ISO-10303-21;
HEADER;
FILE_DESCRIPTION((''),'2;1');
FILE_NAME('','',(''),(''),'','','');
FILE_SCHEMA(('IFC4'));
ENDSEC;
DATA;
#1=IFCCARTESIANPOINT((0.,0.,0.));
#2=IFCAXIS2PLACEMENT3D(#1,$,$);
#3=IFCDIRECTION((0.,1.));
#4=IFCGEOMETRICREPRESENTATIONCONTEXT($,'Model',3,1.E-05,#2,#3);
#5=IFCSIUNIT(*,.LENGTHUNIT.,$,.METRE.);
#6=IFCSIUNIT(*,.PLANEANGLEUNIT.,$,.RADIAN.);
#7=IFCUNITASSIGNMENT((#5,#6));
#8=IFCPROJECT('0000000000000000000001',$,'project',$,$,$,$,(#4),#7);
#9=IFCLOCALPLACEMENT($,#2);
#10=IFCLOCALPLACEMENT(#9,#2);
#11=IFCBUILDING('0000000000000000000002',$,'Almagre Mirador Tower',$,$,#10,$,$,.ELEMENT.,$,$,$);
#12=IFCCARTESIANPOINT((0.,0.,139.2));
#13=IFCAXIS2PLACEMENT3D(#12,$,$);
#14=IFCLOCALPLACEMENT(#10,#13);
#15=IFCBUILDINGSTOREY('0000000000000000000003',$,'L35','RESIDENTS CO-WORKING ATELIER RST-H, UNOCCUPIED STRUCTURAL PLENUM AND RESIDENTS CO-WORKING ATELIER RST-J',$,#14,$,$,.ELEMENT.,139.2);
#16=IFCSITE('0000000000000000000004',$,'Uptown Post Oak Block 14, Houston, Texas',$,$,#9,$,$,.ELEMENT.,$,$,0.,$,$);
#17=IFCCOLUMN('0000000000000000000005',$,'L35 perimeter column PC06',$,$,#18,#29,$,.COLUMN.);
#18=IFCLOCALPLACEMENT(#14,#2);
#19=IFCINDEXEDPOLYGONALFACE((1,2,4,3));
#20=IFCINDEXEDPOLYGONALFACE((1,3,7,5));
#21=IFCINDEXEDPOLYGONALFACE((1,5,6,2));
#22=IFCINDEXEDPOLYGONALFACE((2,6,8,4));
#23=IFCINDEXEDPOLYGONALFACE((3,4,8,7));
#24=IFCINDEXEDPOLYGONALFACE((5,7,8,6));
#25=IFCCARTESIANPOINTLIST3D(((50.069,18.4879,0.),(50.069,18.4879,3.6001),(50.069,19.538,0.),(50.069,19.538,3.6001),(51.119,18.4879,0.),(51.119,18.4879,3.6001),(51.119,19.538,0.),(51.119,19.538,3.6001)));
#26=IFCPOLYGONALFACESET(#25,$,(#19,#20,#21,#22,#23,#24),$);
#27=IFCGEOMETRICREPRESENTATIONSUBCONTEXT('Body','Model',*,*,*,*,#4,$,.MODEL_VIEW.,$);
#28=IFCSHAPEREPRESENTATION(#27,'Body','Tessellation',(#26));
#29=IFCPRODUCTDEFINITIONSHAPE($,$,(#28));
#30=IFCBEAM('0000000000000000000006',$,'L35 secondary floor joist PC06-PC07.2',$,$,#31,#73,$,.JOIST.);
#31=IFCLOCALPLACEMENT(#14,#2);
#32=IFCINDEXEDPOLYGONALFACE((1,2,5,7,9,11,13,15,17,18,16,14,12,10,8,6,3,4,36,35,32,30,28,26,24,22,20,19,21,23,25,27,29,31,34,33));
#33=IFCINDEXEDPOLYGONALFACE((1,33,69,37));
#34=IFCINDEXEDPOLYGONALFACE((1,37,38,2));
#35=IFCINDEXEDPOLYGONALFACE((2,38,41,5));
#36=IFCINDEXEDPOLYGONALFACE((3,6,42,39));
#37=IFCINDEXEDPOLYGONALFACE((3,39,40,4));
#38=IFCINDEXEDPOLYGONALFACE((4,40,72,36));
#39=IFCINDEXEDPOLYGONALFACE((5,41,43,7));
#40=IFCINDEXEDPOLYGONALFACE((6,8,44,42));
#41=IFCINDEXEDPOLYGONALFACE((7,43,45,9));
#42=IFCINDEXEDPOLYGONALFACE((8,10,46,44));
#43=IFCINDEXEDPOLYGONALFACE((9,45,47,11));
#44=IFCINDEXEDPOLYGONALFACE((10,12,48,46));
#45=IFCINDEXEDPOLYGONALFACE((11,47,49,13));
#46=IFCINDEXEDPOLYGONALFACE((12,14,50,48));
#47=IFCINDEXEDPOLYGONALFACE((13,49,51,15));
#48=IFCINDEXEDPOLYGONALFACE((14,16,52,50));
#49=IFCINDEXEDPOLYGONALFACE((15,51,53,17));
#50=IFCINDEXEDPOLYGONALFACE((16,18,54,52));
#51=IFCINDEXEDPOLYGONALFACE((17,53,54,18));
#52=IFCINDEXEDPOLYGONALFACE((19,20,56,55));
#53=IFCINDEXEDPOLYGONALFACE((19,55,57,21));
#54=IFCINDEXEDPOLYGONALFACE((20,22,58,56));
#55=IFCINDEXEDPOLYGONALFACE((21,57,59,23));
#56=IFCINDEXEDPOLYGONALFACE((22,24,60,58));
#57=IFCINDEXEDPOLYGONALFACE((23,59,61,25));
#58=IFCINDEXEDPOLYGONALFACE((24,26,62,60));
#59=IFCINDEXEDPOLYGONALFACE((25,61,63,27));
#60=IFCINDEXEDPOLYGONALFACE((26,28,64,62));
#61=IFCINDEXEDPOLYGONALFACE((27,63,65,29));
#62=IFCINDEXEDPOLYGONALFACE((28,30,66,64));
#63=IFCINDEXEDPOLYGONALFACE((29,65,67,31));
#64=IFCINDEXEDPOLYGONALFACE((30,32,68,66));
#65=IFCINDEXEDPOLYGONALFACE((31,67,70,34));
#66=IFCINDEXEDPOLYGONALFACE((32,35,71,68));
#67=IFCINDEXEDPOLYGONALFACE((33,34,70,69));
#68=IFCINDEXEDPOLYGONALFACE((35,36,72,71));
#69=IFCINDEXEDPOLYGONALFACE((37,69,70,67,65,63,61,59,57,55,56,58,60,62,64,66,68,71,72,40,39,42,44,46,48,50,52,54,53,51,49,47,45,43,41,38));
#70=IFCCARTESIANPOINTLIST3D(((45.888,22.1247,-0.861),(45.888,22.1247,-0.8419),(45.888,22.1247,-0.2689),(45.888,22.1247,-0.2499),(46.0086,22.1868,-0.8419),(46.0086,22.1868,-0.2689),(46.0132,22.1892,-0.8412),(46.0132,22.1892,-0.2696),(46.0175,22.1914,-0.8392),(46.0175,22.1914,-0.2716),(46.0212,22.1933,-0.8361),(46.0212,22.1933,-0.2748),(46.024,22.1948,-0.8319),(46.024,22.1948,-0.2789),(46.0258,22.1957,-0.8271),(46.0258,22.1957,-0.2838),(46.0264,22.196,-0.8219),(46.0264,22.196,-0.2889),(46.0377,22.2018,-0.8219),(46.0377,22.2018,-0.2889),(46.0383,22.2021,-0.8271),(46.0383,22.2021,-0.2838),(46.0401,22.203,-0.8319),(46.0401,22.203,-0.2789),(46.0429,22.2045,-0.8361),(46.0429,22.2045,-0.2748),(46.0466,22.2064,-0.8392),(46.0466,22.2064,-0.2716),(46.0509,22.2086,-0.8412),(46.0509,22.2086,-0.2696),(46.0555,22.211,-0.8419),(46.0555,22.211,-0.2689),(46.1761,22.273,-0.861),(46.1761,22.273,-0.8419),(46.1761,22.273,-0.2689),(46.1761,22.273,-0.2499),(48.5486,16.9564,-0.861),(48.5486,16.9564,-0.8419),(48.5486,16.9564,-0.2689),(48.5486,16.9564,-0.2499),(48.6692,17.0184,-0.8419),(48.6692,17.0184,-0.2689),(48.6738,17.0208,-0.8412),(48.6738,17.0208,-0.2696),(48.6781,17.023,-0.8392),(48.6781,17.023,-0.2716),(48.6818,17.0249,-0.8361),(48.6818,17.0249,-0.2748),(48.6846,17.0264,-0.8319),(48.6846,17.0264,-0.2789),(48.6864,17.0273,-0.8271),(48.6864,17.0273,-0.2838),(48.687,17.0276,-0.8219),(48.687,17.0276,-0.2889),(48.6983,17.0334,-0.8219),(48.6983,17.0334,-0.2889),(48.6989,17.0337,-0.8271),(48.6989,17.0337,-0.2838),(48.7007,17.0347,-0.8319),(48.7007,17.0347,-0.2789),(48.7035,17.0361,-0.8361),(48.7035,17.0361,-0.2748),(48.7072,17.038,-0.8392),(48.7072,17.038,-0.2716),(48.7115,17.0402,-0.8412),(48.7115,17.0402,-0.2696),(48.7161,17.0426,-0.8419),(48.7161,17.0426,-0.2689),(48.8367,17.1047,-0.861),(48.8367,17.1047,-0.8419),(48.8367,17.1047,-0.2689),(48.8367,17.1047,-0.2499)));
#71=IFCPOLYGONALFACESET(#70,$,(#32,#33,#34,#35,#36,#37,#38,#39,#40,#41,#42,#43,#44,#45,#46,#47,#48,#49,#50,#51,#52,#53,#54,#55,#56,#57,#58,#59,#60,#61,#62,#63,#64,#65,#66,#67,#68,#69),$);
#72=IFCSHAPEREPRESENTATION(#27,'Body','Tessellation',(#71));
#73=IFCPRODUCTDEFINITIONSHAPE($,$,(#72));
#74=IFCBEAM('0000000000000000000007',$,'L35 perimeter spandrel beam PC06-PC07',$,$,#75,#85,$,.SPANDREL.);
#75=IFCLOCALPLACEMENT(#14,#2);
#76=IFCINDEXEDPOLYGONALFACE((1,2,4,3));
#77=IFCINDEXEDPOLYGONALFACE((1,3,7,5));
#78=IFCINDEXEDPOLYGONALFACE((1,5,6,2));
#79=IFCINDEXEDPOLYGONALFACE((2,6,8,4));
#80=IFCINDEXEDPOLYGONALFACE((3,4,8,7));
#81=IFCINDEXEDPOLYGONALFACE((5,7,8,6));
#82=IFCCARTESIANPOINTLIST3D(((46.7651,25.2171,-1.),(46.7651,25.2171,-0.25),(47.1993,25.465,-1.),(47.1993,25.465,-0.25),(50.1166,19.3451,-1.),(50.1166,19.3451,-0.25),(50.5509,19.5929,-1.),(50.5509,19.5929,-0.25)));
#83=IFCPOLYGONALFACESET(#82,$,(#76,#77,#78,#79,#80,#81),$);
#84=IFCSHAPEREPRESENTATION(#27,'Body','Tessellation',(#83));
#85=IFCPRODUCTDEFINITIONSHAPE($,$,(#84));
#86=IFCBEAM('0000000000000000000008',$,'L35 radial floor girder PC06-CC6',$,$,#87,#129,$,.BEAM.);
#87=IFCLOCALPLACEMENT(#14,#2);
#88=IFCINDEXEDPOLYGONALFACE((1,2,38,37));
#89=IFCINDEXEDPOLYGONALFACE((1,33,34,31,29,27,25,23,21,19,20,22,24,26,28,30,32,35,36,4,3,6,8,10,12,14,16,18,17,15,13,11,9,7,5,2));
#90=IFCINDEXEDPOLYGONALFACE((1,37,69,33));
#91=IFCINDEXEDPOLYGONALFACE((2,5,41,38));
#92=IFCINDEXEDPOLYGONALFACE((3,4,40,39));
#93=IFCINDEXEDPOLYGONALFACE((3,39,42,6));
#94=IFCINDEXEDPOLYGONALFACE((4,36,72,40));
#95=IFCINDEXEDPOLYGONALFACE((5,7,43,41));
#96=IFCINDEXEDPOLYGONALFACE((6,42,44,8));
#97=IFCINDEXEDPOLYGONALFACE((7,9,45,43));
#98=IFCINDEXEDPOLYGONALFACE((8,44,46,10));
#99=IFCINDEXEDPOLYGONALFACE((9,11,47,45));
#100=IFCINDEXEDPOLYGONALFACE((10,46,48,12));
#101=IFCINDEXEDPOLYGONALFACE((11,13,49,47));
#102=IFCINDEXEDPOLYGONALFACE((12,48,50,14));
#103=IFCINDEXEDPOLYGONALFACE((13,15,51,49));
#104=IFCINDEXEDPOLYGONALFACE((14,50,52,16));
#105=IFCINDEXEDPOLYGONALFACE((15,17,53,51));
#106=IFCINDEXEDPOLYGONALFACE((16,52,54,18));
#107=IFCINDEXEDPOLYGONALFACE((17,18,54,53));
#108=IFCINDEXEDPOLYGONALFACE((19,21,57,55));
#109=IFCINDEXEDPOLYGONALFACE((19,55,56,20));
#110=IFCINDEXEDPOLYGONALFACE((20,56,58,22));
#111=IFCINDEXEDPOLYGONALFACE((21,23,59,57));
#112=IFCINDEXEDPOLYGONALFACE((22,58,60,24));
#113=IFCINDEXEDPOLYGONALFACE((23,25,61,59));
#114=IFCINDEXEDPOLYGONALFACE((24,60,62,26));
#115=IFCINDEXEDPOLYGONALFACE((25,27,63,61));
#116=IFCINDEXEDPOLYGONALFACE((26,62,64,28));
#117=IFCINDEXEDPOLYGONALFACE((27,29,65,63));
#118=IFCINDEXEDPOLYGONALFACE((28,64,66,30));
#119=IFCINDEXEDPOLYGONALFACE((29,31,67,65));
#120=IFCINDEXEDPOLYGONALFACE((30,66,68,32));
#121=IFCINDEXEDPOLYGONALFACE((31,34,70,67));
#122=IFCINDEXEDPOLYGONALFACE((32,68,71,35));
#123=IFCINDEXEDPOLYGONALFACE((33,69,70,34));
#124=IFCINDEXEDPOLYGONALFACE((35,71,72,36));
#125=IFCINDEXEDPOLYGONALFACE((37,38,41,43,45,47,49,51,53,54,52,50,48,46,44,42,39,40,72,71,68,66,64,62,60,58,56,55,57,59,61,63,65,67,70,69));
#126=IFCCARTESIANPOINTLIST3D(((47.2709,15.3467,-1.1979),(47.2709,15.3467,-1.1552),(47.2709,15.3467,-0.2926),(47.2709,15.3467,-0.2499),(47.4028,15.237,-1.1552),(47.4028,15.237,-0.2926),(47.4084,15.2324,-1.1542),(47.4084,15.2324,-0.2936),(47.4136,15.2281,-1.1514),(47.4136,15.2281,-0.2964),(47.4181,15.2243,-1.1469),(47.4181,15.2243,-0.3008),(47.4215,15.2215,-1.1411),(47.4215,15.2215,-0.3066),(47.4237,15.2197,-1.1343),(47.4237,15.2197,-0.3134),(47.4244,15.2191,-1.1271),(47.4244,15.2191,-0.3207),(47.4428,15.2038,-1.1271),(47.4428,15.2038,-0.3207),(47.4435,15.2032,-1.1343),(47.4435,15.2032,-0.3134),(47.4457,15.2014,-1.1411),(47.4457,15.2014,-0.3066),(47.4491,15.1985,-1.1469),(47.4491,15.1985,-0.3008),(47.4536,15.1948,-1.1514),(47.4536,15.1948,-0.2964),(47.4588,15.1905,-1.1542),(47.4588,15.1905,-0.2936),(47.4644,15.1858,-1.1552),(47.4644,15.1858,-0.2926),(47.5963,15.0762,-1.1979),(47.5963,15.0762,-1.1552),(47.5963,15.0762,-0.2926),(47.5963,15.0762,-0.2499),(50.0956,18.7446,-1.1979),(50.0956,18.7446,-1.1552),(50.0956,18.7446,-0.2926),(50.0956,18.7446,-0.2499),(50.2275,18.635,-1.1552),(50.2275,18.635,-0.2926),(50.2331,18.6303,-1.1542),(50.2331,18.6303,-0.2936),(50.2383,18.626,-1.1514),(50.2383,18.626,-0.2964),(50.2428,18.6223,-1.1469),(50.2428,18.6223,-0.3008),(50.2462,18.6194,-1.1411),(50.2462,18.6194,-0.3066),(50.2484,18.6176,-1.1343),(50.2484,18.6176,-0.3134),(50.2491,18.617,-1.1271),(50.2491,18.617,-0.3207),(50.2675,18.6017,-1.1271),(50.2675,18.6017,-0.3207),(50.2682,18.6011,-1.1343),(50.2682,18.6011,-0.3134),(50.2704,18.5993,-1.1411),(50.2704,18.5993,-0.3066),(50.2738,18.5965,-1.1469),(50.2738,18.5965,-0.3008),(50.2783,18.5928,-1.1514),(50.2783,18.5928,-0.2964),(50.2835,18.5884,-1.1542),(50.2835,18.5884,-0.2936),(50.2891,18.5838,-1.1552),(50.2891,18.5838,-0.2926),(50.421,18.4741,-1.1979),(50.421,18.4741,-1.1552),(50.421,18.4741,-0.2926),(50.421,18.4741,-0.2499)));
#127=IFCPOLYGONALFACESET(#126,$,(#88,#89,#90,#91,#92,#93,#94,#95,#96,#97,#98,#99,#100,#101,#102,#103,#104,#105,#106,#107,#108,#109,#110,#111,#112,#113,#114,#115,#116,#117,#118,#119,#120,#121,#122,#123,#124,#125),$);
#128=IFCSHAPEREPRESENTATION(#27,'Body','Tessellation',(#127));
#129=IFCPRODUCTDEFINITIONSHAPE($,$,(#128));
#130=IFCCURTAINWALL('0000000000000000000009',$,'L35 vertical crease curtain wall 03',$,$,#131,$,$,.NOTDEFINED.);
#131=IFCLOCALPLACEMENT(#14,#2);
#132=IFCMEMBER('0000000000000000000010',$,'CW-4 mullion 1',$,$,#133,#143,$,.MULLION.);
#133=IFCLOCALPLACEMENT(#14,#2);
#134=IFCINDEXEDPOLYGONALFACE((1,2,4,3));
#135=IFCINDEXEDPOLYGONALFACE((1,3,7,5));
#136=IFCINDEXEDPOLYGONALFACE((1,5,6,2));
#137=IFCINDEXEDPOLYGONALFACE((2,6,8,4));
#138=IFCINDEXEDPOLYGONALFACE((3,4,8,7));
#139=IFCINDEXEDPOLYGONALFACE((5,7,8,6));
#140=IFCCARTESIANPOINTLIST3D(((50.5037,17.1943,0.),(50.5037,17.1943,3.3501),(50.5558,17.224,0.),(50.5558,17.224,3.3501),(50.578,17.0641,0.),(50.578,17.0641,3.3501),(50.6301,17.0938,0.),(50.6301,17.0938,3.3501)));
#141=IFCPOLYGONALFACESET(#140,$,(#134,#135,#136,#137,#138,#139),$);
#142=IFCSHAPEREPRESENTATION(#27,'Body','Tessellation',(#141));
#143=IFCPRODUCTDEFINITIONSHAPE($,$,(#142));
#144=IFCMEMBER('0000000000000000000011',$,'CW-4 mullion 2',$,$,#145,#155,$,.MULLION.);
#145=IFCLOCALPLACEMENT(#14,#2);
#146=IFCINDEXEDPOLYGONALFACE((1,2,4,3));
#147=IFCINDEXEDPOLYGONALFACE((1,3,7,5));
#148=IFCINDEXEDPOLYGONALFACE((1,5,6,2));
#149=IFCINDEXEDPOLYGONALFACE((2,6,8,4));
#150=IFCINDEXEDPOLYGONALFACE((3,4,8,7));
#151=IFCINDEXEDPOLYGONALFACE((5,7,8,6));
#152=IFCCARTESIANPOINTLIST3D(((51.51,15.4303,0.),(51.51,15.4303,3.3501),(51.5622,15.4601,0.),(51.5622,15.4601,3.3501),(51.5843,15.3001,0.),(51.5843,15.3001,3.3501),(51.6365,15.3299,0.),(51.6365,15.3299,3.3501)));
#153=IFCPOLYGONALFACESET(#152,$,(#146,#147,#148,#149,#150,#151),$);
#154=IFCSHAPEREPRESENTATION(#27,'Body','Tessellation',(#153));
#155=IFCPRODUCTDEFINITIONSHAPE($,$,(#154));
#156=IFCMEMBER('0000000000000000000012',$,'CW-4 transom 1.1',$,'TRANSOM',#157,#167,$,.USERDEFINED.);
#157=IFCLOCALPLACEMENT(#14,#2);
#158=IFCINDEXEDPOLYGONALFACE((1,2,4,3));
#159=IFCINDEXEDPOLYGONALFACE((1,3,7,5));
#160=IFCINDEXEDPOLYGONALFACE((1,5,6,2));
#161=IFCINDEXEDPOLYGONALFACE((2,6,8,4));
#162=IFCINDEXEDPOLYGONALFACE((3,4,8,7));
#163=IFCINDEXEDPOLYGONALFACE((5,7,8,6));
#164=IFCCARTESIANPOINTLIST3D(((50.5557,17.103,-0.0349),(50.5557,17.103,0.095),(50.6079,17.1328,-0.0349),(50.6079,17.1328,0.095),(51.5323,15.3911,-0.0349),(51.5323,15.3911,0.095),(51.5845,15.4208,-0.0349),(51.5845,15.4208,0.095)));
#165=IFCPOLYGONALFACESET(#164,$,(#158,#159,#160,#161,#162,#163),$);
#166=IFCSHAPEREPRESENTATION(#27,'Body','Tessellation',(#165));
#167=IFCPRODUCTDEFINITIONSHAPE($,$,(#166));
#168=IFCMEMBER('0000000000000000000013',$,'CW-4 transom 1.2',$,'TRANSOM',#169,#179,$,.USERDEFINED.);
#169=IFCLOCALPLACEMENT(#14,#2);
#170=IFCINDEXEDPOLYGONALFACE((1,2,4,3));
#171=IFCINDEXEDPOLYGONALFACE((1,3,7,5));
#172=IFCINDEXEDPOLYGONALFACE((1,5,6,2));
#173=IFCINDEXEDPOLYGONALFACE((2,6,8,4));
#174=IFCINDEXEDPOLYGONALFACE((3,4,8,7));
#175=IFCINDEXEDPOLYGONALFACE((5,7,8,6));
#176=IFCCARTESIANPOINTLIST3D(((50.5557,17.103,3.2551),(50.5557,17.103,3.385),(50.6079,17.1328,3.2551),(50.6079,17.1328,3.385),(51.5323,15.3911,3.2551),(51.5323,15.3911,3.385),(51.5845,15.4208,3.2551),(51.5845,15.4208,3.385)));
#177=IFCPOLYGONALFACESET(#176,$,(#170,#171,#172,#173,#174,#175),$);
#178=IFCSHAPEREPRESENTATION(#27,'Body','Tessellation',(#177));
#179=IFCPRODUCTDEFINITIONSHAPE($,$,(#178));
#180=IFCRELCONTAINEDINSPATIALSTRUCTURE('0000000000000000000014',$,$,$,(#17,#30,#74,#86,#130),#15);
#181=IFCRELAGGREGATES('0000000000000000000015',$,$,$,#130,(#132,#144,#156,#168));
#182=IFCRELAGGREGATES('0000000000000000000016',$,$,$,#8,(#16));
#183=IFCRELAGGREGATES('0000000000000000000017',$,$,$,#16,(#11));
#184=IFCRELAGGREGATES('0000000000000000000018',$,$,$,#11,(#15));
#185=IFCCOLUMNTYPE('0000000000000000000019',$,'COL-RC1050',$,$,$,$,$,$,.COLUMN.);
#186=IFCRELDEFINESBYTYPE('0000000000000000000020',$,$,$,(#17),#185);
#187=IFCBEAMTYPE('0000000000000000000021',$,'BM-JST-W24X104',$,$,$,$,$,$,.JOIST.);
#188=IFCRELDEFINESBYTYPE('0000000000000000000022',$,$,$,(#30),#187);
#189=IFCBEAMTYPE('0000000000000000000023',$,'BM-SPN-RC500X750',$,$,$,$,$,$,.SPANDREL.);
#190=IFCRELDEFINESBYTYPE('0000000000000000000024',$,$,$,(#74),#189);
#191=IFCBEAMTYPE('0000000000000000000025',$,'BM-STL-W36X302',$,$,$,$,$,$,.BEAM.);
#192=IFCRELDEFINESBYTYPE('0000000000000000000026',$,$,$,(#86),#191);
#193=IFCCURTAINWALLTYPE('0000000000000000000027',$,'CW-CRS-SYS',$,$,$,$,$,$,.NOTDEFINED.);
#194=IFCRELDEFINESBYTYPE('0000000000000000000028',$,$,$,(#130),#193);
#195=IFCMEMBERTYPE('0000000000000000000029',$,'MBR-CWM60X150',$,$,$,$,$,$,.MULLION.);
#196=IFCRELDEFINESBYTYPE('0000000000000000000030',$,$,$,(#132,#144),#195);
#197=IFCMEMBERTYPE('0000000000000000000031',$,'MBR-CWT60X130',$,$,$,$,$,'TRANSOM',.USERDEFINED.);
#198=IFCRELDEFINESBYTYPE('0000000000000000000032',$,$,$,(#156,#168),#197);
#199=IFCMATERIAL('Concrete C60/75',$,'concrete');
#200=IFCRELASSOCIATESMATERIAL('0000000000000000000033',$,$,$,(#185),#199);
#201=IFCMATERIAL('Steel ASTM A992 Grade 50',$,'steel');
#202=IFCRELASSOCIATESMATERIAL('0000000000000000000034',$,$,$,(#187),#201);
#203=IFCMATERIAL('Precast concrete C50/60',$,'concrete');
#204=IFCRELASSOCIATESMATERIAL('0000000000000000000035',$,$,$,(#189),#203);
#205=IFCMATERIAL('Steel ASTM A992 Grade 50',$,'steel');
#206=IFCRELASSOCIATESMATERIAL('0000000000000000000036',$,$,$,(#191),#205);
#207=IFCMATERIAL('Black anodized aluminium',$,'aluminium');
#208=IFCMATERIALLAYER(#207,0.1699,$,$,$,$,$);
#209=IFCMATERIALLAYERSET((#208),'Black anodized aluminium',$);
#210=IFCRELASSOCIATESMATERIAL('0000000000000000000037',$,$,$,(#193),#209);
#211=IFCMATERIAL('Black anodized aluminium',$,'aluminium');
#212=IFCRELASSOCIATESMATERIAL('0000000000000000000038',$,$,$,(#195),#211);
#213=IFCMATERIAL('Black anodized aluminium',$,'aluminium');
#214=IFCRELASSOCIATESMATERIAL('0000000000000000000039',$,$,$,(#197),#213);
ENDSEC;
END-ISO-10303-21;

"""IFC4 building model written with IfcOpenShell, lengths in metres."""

from ifc_helpers import new_model, si_unit, direction, frame, origin, origin_2d, place, context, subcontext, project, spatial, rectangle, i_section, extrude, material, layer, layer_set, material_profile, profile_set, type_object, element, aggregate, save


model = new_model("IFC4")

# Units and contexts
model_context = context("Model", 3, precision=1e-05, world=origin(), true_north=direction((0.0, 1.0)))
body_context = subcontext(model_context, "Body", "Model", "MODEL_VIEW")
ifc_project = project(units=[si_unit("LENGTHUNIT", "METRE"), si_unit("PLANEANGLEUNIT", "RADIAN")], contexts=[model_context])

# Site, building, storey
site_placement = place(None, origin())
site = spatial("IfcSite", under=ifc_project, at=site_placement, Name="Uptown Post Oak Block 14, Houston, Texas", CompositionType="ELEMENT", RefElevation=0.0)
building_placement = place(site_placement, origin())
building = spatial("IfcBuilding", under=site, at=building_placement, Name="Almagre Mirador Tower", CompositionType="ELEMENT")
storey_placement = place(building_placement, frame((0.0, 0.0, 139.2)))
storey = spatial("IfcBuildingStorey", under=building, at=storey_placement, Name="L35", Description="RESIDENTS CO-WORKING ATELIER RST-H, UNOCCUPIED STRUCTURAL PLENUM AND RESIDENTS CO-WORKING ATELIER RST-J", CompositionType="ELEMENT", Elevation=139.2)

# Column
ifc_material_1 = material(Name="Concrete C60/75", Category="concrete")
ifc_material_profile_1 = material_profile(ifc_material_1, rectangle(XDim=1.05, YDim=1.05, at=origin_2d()), Name="RC1050X1050")
ifc_profile_set_1 = profile_set([ifc_material_profile_1], Name="Concrete C60/75")
column_type = type_object("IfcColumnType", Name="COL-RC1050", PredefinedType="COLUMN", material=ifc_profile_set_1)
column_placement = place(storey_placement, frame((50.594, 19.0129, 0.0), z_axis=(0.0, 0.0, 1.0), x_axis=(1.0, 0.0, 0.0)))
element("IfcColumn", 1, at=column_placement, inside=storey, type_object=column_type, Name="L35 perimeter column PC06", PredefinedType="COLUMN", context=body_context, shape_type="SweptSolid", body=[
    extrude(rectangle(XDim=1.05, YDim=1.05, at=origin_2d()), origin(), (0.0, 0.0, 1.0), 3.6001),
])

# Beams
ifc_material_2 = material(Name="Steel ASTM A992 Grade 50", Category="steel")
ifc_material_profile_2 = material_profile(ifc_material_2, i_section(OverallWidth=0.324, OverallDepth=0.6111, WebThickness=0.0127, FlangeThickness=0.019, FilletRadius=0.02, at=origin_2d()), Name="W24X104")
ifc_profile_set_2 = profile_set([ifc_material_profile_2], Name="Steel ASTM A992 Grade 50")
beam_type_1 = type_object("IfcBeamType", Name="BM-JST-W24X104", PredefinedType="JOIST", material=ifc_profile_set_2)
beam_1_placement = place(storey_placement, frame((48.6926, 17.0305, -0.5554), z_axis=(-0.457699, 0.889107, 0.0), x_axis=(-0.889107, -0.457699, 0.0)))
element("IfcBeam", 2, at=beam_1_placement, inside=storey, type_object=beam_type_1, Name="L35 secondary floor joist PC06-PC07.2", PredefinedType="JOIST", context=body_context, shape_type="SweptSolid", body=[
    extrude(i_section(OverallWidth=0.324, OverallDepth=0.6111, WebThickness=0.0127, FlangeThickness=0.019, FilletRadius=0.02, at=origin_2d()), origin(), (0.0, 0.0, 1.0), 5.813),
])
ifc_material_3 = material(Name="Precast concrete C50/60", Category="concrete")
ifc_material_profile_3 = material_profile(ifc_material_3, rectangle(XDim=0.5, YDim=0.75, at=origin_2d()), Name="RC500X750")
ifc_profile_set_3 = profile_set([ifc_material_profile_3], Name="Precast concrete C50/60")
beam_type_2 = type_object("IfcBeamType", Name="BM-SPN-RC500X750", PredefinedType="SPANDREL", material=ifc_profile_set_3)
beam_2_placement = place(storey_placement, frame((50.3337, 19.469, -0.625), z_axis=(-0.495703, 0.868492, 0.0), x_axis=(-0.868492, -0.495703, 0.0)))
element("IfcBeam", 3, at=beam_2_placement, inside=storey, type_object=beam_type_2, Name="L35 perimeter spandrel beam PC06-PC07", PredefinedType="SPANDREL", context=body_context, shape_type="SweptSolid", body=[
    extrude(rectangle(XDim=0.5, YDim=0.75, at=origin_2d()), origin(), (0.0, 0.0, 1.0), 6.7612),
])
ifc_material_4 = material(Name="Steel ASTM A992 Grade 50", Category="steel")
ifc_material_profile_4 = material_profile(ifc_material_4, i_section(OverallWidth=0.4231, OverallDepth=0.948, WebThickness=0.0239, FlangeThickness=0.0427, FilletRadius=0.0281, at=origin_2d()), Name="W36X302")
ifc_profile_set_4 = profile_set([ifc_material_profile_4], Name="Steel ASTM A992 Grade 50")
beam_type_3 = type_object("IfcBeamType", Name="BM-STL-W36X302", PredefinedType="BEAM", material=ifc_profile_set_4)
beam_3_placement = place(storey_placement, frame((50.2583, 18.6094, -0.7239), z_axis=(-0.63926, -0.768991, 0.0), x_axis=(0.768991, -0.63926, 0.0)))
element("IfcBeam", 4, at=beam_3_placement, inside=storey, type_object=beam_type_3, Name="L35 radial floor girder PC06-CC6", PredefinedType="BEAM", context=body_context, shape_type="SweptSolid", body=[
    extrude(i_section(OverallWidth=0.4231, OverallDepth=0.948, WebThickness=0.0239, FlangeThickness=0.0427, FilletRadius=0.0281, at=origin_2d()), origin(), (0.0, 0.0, 1.0), 4.4187),
])

# Curtain wall, members
ifc_material_5 = material(Name="Black anodized aluminium", Category="aluminium")
ifc_layer_1 = layer(ifc_material_5, 0.1699)
ifc_layer_set_1 = layer_set([ifc_layer_1], Name="Black anodized aluminium")
curtain_wall_type = type_object("IfcCurtainWallType", Name="CW-CRS-SYS", PredefinedType="NOTDEFINED", material=ifc_layer_set_1)
curtain_wall_placement = place(storey_placement, origin())
curtain_wall = element("IfcCurtainWall", 5, at=curtain_wall_placement, inside=storey, type_object=curtain_wall_type, Name="L35 vertical crease curtain wall 03", PredefinedType="NOTDEFINED")
ifc_material_6 = material(Name="Black anodized aluminium", Category="aluminium")
ifc_material_profile_5 = material_profile(ifc_material_6, rectangle(XDim=0.0601, YDim=0.1499, at=origin_2d()), Name="CWM60X150")
ifc_profile_set_5 = profile_set([ifc_material_profile_5], Name="Black anodized aluminium")
member_type_1 = type_object("IfcMemberType", Name="MBR-CWM60X150", PredefinedType="MULLION", material=ifc_profile_set_5)
member_1_placement = place(storey_placement, frame((50.5669, 17.144, 0.0), z_axis=(0.0, 0.0, 1.0), x_axis=(0.868596, 0.495521, 0.0)))
member_1 = element("IfcMember", 6, at=member_1_placement, type_object=member_type_1, Name="CW-4 mullion 1", PredefinedType="MULLION", context=body_context, shape_type="SweptSolid", body=[
    extrude(rectangle(XDim=0.0601, YDim=0.1499, at=origin_2d()), origin(), (0.0, 0.0, 1.0), 3.3501),
])
member_2_placement = place(storey_placement, frame((51.5732, 15.3801, 0.0), z_axis=(0.0, 0.0, 1.0), x_axis=(0.868596, 0.495521, 0.0)))
member_2 = element("IfcMember", 7, at=member_2_placement, type_object=member_type_1, Name="CW-4 mullion 2", PredefinedType="MULLION", context=body_context, shape_type="SweptSolid", body=[
    extrude(rectangle(XDim=0.0601, YDim=0.1499, at=origin_2d()), origin(), (0.0, 0.0, 1.0), 3.3501),
])
ifc_material_7 = material(Name="Black anodized aluminium", Category="aluminium")
ifc_material_profile_6 = material_profile(ifc_material_7, rectangle(XDim=0.0601, YDim=0.1299, at=origin_2d()), Name="CWT60X130")
ifc_profile_set_6 = profile_set([ifc_material_profile_6], Name="Black anodized aluminium")
member_type_2 = type_object("IfcMemberType", Name="MBR-CWT60X130", ElementType="TRANSOM", PredefinedType="USERDEFINED", material=ifc_profile_set_6)
member_3_placement = place(storey_placement, frame((50.5818, 17.1179, 0.03), z_axis=(0.495498, -0.868609, 0.0), x_axis=(0.868609, 0.495498, 0.0)))
member_3 = element("IfcMember", 8, at=member_3_placement, type_object=member_type_2, Name="CW-4 transom 1.1", ObjectType="TRANSOM", PredefinedType="USERDEFINED", context=body_context, shape_type="SweptSolid", body=[
    extrude(rectangle(XDim=0.0601, YDim=0.1299, at=origin_2d()), origin(), (0.0, 0.0, 1.0), 1.9709),
])
member_4_placement = place(storey_placement, frame((50.5818, 17.1179, 3.3201), z_axis=(0.495498, -0.868609, 0.0), x_axis=(0.868609, 0.495498, 0.0)))
member_4 = element("IfcMember", 9, at=member_4_placement, type_object=member_type_2, Name="CW-4 transom 1.2", ObjectType="TRANSOM", PredefinedType="USERDEFINED", context=body_context, shape_type="SweptSolid", body=[
    extrude(rectangle(XDim=0.0601, YDim=0.1299, at=origin_2d()), origin(), (0.0, 0.0, 1.0), 1.9709),
])
aggregate(curtain_wall, [member_1, member_2, member_3, member_4])

save(model, "model.ifc")
